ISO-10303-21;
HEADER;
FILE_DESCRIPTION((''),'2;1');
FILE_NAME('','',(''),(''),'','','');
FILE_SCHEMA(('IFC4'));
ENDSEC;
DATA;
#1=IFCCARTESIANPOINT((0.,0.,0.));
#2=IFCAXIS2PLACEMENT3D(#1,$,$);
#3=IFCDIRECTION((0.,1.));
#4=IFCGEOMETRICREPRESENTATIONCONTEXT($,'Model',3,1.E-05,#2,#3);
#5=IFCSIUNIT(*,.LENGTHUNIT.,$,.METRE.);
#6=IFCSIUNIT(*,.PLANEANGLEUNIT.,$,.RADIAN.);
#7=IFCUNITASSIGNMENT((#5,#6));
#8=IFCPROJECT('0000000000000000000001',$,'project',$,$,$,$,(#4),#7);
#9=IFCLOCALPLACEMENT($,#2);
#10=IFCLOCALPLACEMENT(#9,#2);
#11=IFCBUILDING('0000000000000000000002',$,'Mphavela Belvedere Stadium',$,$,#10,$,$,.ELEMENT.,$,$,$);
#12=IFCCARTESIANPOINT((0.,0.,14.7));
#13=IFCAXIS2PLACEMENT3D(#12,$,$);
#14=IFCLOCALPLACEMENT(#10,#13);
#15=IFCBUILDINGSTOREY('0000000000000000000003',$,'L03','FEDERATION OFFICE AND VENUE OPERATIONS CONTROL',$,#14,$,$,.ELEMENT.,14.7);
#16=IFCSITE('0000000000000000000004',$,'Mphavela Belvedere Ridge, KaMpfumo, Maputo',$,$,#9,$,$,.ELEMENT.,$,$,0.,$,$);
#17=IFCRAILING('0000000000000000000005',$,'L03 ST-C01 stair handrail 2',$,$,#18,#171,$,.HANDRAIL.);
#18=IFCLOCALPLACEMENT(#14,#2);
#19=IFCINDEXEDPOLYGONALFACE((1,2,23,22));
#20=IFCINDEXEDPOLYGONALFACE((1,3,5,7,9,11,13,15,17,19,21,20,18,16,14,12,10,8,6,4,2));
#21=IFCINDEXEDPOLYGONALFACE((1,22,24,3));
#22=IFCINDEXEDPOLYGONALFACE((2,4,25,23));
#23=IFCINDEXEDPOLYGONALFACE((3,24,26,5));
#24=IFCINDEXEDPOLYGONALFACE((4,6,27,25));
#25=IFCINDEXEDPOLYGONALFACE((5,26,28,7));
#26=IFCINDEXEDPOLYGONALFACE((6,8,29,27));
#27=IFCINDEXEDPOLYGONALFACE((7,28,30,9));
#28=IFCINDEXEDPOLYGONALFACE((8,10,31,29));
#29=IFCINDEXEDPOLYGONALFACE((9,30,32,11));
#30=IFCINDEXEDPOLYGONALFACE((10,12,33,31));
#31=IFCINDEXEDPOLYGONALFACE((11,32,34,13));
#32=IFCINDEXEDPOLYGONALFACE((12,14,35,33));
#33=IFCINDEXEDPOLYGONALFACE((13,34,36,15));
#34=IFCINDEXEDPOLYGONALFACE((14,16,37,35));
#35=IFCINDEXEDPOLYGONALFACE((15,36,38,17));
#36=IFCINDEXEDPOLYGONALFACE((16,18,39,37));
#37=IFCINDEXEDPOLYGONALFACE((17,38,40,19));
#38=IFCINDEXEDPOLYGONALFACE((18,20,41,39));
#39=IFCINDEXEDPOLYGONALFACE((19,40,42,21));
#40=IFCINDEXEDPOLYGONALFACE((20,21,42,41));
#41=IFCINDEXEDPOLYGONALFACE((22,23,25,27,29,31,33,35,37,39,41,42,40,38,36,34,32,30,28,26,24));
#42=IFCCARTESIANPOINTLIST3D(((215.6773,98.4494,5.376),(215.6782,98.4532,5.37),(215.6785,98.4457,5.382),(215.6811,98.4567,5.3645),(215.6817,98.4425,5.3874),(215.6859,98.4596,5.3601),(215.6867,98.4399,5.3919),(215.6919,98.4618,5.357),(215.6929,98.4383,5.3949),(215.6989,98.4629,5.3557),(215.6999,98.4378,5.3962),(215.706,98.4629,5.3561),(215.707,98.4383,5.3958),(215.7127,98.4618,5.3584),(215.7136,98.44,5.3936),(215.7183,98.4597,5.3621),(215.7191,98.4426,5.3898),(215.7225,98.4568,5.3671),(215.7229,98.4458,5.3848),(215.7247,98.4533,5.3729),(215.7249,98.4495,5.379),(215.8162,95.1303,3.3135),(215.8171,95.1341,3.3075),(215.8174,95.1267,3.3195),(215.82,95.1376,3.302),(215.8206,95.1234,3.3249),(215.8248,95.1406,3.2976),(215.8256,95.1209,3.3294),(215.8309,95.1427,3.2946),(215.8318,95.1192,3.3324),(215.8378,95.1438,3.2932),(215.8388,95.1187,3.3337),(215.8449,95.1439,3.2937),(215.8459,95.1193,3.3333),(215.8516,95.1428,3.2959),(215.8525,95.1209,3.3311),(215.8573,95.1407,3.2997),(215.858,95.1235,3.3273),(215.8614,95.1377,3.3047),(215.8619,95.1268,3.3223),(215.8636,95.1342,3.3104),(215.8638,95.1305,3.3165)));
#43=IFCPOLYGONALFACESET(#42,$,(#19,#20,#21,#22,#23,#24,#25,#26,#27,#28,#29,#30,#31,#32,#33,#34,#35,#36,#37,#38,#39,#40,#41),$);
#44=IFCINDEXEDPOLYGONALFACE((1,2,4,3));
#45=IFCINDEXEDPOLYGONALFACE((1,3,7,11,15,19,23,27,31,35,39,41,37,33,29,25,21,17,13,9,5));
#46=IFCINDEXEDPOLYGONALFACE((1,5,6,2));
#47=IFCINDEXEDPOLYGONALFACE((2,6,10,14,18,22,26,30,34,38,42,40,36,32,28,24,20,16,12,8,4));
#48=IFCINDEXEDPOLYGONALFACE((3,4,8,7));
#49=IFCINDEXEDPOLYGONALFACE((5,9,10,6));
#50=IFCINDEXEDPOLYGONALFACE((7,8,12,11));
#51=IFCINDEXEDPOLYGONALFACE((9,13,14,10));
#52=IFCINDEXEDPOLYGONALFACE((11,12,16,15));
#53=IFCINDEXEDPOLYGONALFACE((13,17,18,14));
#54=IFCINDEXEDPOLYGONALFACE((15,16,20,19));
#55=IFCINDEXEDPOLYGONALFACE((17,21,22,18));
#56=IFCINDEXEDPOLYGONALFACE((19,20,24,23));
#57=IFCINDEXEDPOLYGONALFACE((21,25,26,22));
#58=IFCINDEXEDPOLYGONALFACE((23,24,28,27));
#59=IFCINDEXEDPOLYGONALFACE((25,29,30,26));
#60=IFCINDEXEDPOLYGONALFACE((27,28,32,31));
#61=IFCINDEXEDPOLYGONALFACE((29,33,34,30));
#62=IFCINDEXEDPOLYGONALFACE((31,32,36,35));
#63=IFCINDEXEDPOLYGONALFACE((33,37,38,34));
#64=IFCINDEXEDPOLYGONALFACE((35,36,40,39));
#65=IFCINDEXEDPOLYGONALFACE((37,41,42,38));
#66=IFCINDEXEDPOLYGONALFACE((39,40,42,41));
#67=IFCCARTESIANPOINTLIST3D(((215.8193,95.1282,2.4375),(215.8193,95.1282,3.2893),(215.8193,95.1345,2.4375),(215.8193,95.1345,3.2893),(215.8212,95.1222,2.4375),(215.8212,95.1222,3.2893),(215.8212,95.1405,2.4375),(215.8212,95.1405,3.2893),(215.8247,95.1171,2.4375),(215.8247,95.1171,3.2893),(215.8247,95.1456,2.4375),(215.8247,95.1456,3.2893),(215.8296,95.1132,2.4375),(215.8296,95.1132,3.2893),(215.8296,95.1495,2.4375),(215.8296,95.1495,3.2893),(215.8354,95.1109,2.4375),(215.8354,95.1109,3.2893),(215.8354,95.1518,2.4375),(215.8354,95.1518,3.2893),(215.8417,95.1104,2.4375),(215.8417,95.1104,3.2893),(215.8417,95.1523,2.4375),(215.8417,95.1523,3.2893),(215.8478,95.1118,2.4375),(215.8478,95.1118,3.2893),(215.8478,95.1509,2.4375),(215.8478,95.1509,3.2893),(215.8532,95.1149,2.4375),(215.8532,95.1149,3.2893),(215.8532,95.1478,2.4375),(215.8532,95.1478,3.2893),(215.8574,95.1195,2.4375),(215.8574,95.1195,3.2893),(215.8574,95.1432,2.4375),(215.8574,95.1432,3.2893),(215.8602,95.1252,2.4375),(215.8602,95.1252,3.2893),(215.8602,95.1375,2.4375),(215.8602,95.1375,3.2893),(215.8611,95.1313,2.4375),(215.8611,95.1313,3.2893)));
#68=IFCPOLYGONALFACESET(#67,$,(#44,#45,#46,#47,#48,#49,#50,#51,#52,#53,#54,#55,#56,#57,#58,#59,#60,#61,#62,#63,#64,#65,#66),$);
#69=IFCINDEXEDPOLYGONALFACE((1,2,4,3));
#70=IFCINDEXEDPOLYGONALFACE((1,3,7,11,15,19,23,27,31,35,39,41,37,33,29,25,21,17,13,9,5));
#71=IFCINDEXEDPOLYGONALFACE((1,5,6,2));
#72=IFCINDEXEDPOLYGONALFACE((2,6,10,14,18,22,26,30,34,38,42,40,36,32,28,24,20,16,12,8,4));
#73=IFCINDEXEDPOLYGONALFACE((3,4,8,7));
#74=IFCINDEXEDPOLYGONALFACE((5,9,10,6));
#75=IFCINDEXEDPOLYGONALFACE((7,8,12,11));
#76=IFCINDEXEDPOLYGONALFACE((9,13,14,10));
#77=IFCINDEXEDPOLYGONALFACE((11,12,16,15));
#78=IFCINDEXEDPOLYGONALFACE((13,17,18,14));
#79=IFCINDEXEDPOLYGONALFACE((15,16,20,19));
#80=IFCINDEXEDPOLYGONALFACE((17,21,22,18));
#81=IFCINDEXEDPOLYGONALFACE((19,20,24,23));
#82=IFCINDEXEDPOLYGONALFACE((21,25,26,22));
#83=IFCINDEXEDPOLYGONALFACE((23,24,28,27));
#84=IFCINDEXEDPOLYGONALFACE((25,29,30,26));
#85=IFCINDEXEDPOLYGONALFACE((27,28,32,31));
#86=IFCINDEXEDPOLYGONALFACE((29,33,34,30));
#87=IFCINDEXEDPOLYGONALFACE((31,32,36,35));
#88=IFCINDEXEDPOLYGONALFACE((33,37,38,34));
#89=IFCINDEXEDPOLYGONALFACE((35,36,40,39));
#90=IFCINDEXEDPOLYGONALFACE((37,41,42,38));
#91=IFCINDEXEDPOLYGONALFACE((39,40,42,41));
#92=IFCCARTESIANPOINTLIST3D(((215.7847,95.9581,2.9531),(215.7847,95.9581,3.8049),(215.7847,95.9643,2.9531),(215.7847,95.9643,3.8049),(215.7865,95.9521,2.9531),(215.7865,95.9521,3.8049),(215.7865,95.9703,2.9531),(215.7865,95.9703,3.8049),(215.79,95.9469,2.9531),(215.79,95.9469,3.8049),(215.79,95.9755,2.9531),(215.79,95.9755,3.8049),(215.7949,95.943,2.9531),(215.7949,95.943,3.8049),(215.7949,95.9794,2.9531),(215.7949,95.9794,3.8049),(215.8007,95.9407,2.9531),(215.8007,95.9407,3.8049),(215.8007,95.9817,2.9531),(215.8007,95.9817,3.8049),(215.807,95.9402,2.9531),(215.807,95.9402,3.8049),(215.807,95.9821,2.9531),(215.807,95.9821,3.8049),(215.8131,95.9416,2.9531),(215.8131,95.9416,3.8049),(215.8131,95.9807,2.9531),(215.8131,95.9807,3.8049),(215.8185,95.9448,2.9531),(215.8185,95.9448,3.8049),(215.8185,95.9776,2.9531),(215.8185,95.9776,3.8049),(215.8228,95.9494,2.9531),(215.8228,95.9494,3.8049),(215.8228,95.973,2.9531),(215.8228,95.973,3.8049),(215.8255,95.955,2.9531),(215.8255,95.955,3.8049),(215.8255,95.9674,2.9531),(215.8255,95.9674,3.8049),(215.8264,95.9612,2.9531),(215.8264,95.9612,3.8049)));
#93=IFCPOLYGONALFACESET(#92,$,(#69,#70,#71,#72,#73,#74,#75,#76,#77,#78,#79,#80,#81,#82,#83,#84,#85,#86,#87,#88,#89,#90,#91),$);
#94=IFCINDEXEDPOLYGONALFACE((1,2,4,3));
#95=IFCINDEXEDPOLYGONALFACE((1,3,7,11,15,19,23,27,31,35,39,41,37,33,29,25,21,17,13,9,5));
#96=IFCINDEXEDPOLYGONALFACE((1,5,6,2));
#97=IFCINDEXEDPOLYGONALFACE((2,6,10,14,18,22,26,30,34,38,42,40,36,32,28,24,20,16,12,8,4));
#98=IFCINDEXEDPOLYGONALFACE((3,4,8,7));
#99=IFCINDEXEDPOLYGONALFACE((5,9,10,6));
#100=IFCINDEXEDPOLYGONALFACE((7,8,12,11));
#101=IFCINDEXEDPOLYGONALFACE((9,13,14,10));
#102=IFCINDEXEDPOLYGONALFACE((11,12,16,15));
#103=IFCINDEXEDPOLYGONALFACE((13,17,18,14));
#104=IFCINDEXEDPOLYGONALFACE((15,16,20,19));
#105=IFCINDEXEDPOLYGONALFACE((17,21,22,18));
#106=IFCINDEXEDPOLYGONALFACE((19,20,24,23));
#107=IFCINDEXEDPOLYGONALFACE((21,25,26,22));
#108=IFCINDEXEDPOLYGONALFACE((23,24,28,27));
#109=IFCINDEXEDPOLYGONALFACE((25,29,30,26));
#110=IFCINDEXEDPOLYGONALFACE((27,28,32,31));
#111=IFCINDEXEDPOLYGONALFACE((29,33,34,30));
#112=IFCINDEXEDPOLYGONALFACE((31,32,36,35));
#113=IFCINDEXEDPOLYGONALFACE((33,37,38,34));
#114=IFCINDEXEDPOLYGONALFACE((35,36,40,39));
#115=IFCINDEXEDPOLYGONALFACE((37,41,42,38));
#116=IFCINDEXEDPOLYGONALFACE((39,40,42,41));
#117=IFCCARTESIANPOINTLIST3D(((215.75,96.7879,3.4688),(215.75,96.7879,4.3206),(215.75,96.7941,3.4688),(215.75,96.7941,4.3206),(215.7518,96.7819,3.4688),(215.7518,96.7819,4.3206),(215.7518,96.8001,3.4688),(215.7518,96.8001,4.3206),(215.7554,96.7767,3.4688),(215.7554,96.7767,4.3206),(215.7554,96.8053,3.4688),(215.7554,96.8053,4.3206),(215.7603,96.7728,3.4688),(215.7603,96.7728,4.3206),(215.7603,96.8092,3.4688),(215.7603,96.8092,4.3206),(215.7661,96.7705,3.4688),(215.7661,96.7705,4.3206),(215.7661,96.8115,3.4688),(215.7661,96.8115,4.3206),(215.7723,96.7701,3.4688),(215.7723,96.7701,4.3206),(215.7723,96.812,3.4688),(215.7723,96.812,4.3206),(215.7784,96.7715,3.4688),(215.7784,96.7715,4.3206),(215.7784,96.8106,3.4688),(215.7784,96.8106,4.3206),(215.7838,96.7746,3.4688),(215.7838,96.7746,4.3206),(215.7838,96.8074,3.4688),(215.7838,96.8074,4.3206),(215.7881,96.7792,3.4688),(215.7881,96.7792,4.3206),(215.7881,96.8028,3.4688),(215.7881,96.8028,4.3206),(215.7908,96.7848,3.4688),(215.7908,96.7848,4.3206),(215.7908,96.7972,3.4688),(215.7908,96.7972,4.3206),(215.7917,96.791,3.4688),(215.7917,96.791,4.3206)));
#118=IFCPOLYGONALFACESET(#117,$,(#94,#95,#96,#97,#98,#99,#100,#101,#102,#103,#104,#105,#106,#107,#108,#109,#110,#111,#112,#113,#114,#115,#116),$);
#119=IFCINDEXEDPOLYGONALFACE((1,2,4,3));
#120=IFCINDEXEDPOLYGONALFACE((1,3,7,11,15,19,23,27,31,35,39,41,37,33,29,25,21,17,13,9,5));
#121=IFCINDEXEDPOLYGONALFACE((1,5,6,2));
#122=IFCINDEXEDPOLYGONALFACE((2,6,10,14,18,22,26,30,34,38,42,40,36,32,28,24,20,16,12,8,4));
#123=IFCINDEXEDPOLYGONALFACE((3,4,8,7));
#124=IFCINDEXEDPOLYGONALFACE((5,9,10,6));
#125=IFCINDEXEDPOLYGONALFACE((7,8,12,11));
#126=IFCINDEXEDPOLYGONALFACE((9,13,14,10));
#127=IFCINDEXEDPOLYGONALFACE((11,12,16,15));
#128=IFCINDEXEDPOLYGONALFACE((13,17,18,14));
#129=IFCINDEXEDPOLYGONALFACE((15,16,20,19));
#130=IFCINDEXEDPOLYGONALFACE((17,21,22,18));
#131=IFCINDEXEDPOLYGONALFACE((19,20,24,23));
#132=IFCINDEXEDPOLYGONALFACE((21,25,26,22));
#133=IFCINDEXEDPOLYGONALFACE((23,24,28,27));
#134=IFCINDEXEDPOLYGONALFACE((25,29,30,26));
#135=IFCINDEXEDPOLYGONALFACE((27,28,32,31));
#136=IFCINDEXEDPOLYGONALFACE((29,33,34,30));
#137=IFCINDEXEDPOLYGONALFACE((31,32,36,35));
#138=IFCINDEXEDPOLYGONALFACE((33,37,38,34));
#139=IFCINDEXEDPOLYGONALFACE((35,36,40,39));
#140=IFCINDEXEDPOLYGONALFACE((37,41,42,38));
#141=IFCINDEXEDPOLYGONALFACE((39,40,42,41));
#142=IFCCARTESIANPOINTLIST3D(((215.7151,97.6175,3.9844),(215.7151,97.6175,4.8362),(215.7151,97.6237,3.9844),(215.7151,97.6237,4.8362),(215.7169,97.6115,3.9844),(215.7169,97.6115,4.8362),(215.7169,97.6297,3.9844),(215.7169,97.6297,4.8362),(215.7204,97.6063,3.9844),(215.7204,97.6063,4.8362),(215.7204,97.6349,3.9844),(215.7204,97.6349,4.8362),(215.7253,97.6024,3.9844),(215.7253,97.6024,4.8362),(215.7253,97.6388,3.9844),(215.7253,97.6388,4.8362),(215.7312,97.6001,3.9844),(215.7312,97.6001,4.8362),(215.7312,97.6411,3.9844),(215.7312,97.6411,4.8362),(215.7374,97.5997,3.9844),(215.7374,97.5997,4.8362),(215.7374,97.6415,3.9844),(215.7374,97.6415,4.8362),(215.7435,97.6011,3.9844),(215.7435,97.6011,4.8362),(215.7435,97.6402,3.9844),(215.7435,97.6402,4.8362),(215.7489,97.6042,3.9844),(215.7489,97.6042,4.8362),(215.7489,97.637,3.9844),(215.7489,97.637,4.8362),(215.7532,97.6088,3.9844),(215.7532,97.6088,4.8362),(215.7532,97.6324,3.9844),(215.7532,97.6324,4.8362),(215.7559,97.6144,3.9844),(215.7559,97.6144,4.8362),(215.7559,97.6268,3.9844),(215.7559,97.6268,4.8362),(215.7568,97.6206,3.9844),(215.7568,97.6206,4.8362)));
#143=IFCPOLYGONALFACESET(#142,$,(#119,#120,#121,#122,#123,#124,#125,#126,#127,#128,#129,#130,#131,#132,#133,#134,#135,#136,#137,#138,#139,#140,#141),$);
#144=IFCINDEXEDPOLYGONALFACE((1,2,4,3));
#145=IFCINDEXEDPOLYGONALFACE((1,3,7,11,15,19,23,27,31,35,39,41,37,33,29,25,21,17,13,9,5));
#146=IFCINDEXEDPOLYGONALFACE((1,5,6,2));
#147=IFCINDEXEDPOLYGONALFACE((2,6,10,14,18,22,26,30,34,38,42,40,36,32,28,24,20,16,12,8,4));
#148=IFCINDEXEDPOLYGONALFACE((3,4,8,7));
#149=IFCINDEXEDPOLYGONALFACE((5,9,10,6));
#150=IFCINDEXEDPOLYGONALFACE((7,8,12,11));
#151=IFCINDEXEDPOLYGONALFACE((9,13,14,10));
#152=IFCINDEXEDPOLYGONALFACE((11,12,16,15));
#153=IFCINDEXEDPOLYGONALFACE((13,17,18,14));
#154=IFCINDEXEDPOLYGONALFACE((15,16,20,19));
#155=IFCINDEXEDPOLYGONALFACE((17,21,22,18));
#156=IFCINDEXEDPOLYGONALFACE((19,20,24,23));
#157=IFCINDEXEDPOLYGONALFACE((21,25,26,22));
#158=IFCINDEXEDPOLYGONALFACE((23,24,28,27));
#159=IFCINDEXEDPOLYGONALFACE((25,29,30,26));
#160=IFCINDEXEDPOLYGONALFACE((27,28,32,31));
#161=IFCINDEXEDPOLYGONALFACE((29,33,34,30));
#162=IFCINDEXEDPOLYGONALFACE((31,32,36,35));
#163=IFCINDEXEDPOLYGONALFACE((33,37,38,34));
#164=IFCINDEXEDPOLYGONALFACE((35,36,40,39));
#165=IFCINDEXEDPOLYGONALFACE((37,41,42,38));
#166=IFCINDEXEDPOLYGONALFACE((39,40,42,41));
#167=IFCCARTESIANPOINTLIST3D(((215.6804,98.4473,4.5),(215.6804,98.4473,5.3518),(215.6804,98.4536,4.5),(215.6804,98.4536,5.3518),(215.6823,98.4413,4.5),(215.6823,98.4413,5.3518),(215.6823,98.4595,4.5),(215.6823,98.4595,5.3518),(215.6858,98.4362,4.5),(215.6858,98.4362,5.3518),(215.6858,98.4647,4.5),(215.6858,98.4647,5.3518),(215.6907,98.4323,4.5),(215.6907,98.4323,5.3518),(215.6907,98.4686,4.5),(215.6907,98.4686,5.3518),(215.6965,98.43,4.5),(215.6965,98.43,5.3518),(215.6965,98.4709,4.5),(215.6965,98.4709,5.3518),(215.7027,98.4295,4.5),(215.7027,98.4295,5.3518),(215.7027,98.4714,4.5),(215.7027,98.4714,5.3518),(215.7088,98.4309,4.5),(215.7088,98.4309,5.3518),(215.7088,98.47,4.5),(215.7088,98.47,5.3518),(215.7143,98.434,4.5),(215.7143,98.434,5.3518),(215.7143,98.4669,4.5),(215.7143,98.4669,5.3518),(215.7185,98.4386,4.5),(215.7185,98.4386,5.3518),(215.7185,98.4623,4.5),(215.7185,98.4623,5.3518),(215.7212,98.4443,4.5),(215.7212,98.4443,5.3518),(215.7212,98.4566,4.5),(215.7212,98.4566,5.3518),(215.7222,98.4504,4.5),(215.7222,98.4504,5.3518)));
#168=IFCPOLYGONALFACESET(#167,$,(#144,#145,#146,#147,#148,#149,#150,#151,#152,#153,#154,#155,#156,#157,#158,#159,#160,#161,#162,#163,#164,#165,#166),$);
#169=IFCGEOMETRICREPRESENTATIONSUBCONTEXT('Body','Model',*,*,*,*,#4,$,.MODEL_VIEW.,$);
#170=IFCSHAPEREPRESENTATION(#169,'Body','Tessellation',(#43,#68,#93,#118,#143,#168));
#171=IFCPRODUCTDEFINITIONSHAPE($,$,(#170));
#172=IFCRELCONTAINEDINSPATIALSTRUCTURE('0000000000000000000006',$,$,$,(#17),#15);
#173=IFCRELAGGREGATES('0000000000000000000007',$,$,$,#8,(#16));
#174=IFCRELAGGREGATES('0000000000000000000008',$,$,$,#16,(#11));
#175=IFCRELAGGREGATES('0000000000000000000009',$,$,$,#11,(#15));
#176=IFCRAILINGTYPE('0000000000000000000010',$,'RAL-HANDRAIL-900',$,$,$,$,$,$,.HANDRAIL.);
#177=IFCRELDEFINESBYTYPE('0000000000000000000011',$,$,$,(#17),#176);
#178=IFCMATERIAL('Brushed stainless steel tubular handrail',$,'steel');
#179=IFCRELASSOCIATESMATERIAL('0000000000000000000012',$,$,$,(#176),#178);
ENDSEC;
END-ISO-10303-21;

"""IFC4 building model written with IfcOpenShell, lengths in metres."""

from ifc_helpers import new_model, si_unit, direction, frame, origin, origin_2d, place, context, subcontext, project, spatial, circle, extrude, material, type_object, element, save


model = new_model("IFC4")

# Units and contexts
model_context = context("Model", 3, precision=1e-05, world=origin(), true_north=direction((0.0, 1.0)))
body_context = subcontext(model_context, "Body", "Model", "MODEL_VIEW")
ifc_project = project(units=[si_unit("LENGTHUNIT", "METRE"), si_unit("PLANEANGLEUNIT", "RADIAN")], contexts=[model_context])

# Site, building, storey
site_placement = place(None, origin())
site = spatial("IfcSite", under=ifc_project, at=site_placement, Name="Mphavela Belvedere Ridge, KaMpfumo, Maputo", CompositionType="ELEMENT", RefElevation=0.0)
building_placement = place(site_placement, origin())
building = spatial("IfcBuilding", under=site, at=building_placement, Name="Mphavela Belvedere Stadium", CompositionType="ELEMENT")
storey_placement = place(building_placement, frame((0.0, 0.0, 14.7)))
storey = spatial("IfcBuildingStorey", under=building, at=storey_placement, Name="L03", Description="FEDERATION OFFICE AND VENUE OPERATIONS CONTROL", CompositionType="ELEMENT", Elevation=14.7)

# Railing
ifc_material_1 = material(Name="Brushed stainless steel tubular handrail", Category="steel")
railing_type_1 = type_object("IfcRailingType", Name="RAL-HANDRAIL-900", PredefinedType="HANDRAIL", material=ifc_material_1)
railing_1_placement = place(storey_placement, frame((215.8401, 95.1313, 2.4375)))
element("IfcRailing", 1, at=railing_1_placement, inside=storey, type_object=railing_type_1, Name="L03 ST-C01 stair handrail 2", PredefinedType="HANDRAIL", context=body_context, shape_type="SweptSolid", body=[
    extrude(circle(Radius=0.0239, at=origin_2d()), frame((0.0, 0.0, 0.876), z_axis=(-0.035527, 0.848832, 0.527468), x_axis=(-0.999125, -0.041817, 0.0)), (0.0, 0.0, 1.0), 3.9102),
    extrude(circle(Radius=0.021, at=origin_2d()), origin(), (0.0, 0.0, 1.0), 0.8518),
    extrude(circle(Radius=0.021, at=origin_2d()), frame((-0.0347, 0.8298, 0.5156)), (0.0, 0.0, 1.0), 0.8518),
    extrude(circle(Radius=0.021, at=origin_2d()), frame((-0.0693, 1.6597, 1.0312)), (0.0, 0.0, 1.0), 0.8518),
    extrude(circle(Radius=0.021, at=origin_2d()), frame((-0.1042, 2.4893, 1.5469)), (0.0, 0.0, 1.0), 0.8518),
    extrude(circle(Radius=0.021, at=origin_2d()), frame((-0.1389, 3.3191, 2.0625)), (0.0, 0.0, 1.0), 0.8518),
])

save(model, "model.ifc")
